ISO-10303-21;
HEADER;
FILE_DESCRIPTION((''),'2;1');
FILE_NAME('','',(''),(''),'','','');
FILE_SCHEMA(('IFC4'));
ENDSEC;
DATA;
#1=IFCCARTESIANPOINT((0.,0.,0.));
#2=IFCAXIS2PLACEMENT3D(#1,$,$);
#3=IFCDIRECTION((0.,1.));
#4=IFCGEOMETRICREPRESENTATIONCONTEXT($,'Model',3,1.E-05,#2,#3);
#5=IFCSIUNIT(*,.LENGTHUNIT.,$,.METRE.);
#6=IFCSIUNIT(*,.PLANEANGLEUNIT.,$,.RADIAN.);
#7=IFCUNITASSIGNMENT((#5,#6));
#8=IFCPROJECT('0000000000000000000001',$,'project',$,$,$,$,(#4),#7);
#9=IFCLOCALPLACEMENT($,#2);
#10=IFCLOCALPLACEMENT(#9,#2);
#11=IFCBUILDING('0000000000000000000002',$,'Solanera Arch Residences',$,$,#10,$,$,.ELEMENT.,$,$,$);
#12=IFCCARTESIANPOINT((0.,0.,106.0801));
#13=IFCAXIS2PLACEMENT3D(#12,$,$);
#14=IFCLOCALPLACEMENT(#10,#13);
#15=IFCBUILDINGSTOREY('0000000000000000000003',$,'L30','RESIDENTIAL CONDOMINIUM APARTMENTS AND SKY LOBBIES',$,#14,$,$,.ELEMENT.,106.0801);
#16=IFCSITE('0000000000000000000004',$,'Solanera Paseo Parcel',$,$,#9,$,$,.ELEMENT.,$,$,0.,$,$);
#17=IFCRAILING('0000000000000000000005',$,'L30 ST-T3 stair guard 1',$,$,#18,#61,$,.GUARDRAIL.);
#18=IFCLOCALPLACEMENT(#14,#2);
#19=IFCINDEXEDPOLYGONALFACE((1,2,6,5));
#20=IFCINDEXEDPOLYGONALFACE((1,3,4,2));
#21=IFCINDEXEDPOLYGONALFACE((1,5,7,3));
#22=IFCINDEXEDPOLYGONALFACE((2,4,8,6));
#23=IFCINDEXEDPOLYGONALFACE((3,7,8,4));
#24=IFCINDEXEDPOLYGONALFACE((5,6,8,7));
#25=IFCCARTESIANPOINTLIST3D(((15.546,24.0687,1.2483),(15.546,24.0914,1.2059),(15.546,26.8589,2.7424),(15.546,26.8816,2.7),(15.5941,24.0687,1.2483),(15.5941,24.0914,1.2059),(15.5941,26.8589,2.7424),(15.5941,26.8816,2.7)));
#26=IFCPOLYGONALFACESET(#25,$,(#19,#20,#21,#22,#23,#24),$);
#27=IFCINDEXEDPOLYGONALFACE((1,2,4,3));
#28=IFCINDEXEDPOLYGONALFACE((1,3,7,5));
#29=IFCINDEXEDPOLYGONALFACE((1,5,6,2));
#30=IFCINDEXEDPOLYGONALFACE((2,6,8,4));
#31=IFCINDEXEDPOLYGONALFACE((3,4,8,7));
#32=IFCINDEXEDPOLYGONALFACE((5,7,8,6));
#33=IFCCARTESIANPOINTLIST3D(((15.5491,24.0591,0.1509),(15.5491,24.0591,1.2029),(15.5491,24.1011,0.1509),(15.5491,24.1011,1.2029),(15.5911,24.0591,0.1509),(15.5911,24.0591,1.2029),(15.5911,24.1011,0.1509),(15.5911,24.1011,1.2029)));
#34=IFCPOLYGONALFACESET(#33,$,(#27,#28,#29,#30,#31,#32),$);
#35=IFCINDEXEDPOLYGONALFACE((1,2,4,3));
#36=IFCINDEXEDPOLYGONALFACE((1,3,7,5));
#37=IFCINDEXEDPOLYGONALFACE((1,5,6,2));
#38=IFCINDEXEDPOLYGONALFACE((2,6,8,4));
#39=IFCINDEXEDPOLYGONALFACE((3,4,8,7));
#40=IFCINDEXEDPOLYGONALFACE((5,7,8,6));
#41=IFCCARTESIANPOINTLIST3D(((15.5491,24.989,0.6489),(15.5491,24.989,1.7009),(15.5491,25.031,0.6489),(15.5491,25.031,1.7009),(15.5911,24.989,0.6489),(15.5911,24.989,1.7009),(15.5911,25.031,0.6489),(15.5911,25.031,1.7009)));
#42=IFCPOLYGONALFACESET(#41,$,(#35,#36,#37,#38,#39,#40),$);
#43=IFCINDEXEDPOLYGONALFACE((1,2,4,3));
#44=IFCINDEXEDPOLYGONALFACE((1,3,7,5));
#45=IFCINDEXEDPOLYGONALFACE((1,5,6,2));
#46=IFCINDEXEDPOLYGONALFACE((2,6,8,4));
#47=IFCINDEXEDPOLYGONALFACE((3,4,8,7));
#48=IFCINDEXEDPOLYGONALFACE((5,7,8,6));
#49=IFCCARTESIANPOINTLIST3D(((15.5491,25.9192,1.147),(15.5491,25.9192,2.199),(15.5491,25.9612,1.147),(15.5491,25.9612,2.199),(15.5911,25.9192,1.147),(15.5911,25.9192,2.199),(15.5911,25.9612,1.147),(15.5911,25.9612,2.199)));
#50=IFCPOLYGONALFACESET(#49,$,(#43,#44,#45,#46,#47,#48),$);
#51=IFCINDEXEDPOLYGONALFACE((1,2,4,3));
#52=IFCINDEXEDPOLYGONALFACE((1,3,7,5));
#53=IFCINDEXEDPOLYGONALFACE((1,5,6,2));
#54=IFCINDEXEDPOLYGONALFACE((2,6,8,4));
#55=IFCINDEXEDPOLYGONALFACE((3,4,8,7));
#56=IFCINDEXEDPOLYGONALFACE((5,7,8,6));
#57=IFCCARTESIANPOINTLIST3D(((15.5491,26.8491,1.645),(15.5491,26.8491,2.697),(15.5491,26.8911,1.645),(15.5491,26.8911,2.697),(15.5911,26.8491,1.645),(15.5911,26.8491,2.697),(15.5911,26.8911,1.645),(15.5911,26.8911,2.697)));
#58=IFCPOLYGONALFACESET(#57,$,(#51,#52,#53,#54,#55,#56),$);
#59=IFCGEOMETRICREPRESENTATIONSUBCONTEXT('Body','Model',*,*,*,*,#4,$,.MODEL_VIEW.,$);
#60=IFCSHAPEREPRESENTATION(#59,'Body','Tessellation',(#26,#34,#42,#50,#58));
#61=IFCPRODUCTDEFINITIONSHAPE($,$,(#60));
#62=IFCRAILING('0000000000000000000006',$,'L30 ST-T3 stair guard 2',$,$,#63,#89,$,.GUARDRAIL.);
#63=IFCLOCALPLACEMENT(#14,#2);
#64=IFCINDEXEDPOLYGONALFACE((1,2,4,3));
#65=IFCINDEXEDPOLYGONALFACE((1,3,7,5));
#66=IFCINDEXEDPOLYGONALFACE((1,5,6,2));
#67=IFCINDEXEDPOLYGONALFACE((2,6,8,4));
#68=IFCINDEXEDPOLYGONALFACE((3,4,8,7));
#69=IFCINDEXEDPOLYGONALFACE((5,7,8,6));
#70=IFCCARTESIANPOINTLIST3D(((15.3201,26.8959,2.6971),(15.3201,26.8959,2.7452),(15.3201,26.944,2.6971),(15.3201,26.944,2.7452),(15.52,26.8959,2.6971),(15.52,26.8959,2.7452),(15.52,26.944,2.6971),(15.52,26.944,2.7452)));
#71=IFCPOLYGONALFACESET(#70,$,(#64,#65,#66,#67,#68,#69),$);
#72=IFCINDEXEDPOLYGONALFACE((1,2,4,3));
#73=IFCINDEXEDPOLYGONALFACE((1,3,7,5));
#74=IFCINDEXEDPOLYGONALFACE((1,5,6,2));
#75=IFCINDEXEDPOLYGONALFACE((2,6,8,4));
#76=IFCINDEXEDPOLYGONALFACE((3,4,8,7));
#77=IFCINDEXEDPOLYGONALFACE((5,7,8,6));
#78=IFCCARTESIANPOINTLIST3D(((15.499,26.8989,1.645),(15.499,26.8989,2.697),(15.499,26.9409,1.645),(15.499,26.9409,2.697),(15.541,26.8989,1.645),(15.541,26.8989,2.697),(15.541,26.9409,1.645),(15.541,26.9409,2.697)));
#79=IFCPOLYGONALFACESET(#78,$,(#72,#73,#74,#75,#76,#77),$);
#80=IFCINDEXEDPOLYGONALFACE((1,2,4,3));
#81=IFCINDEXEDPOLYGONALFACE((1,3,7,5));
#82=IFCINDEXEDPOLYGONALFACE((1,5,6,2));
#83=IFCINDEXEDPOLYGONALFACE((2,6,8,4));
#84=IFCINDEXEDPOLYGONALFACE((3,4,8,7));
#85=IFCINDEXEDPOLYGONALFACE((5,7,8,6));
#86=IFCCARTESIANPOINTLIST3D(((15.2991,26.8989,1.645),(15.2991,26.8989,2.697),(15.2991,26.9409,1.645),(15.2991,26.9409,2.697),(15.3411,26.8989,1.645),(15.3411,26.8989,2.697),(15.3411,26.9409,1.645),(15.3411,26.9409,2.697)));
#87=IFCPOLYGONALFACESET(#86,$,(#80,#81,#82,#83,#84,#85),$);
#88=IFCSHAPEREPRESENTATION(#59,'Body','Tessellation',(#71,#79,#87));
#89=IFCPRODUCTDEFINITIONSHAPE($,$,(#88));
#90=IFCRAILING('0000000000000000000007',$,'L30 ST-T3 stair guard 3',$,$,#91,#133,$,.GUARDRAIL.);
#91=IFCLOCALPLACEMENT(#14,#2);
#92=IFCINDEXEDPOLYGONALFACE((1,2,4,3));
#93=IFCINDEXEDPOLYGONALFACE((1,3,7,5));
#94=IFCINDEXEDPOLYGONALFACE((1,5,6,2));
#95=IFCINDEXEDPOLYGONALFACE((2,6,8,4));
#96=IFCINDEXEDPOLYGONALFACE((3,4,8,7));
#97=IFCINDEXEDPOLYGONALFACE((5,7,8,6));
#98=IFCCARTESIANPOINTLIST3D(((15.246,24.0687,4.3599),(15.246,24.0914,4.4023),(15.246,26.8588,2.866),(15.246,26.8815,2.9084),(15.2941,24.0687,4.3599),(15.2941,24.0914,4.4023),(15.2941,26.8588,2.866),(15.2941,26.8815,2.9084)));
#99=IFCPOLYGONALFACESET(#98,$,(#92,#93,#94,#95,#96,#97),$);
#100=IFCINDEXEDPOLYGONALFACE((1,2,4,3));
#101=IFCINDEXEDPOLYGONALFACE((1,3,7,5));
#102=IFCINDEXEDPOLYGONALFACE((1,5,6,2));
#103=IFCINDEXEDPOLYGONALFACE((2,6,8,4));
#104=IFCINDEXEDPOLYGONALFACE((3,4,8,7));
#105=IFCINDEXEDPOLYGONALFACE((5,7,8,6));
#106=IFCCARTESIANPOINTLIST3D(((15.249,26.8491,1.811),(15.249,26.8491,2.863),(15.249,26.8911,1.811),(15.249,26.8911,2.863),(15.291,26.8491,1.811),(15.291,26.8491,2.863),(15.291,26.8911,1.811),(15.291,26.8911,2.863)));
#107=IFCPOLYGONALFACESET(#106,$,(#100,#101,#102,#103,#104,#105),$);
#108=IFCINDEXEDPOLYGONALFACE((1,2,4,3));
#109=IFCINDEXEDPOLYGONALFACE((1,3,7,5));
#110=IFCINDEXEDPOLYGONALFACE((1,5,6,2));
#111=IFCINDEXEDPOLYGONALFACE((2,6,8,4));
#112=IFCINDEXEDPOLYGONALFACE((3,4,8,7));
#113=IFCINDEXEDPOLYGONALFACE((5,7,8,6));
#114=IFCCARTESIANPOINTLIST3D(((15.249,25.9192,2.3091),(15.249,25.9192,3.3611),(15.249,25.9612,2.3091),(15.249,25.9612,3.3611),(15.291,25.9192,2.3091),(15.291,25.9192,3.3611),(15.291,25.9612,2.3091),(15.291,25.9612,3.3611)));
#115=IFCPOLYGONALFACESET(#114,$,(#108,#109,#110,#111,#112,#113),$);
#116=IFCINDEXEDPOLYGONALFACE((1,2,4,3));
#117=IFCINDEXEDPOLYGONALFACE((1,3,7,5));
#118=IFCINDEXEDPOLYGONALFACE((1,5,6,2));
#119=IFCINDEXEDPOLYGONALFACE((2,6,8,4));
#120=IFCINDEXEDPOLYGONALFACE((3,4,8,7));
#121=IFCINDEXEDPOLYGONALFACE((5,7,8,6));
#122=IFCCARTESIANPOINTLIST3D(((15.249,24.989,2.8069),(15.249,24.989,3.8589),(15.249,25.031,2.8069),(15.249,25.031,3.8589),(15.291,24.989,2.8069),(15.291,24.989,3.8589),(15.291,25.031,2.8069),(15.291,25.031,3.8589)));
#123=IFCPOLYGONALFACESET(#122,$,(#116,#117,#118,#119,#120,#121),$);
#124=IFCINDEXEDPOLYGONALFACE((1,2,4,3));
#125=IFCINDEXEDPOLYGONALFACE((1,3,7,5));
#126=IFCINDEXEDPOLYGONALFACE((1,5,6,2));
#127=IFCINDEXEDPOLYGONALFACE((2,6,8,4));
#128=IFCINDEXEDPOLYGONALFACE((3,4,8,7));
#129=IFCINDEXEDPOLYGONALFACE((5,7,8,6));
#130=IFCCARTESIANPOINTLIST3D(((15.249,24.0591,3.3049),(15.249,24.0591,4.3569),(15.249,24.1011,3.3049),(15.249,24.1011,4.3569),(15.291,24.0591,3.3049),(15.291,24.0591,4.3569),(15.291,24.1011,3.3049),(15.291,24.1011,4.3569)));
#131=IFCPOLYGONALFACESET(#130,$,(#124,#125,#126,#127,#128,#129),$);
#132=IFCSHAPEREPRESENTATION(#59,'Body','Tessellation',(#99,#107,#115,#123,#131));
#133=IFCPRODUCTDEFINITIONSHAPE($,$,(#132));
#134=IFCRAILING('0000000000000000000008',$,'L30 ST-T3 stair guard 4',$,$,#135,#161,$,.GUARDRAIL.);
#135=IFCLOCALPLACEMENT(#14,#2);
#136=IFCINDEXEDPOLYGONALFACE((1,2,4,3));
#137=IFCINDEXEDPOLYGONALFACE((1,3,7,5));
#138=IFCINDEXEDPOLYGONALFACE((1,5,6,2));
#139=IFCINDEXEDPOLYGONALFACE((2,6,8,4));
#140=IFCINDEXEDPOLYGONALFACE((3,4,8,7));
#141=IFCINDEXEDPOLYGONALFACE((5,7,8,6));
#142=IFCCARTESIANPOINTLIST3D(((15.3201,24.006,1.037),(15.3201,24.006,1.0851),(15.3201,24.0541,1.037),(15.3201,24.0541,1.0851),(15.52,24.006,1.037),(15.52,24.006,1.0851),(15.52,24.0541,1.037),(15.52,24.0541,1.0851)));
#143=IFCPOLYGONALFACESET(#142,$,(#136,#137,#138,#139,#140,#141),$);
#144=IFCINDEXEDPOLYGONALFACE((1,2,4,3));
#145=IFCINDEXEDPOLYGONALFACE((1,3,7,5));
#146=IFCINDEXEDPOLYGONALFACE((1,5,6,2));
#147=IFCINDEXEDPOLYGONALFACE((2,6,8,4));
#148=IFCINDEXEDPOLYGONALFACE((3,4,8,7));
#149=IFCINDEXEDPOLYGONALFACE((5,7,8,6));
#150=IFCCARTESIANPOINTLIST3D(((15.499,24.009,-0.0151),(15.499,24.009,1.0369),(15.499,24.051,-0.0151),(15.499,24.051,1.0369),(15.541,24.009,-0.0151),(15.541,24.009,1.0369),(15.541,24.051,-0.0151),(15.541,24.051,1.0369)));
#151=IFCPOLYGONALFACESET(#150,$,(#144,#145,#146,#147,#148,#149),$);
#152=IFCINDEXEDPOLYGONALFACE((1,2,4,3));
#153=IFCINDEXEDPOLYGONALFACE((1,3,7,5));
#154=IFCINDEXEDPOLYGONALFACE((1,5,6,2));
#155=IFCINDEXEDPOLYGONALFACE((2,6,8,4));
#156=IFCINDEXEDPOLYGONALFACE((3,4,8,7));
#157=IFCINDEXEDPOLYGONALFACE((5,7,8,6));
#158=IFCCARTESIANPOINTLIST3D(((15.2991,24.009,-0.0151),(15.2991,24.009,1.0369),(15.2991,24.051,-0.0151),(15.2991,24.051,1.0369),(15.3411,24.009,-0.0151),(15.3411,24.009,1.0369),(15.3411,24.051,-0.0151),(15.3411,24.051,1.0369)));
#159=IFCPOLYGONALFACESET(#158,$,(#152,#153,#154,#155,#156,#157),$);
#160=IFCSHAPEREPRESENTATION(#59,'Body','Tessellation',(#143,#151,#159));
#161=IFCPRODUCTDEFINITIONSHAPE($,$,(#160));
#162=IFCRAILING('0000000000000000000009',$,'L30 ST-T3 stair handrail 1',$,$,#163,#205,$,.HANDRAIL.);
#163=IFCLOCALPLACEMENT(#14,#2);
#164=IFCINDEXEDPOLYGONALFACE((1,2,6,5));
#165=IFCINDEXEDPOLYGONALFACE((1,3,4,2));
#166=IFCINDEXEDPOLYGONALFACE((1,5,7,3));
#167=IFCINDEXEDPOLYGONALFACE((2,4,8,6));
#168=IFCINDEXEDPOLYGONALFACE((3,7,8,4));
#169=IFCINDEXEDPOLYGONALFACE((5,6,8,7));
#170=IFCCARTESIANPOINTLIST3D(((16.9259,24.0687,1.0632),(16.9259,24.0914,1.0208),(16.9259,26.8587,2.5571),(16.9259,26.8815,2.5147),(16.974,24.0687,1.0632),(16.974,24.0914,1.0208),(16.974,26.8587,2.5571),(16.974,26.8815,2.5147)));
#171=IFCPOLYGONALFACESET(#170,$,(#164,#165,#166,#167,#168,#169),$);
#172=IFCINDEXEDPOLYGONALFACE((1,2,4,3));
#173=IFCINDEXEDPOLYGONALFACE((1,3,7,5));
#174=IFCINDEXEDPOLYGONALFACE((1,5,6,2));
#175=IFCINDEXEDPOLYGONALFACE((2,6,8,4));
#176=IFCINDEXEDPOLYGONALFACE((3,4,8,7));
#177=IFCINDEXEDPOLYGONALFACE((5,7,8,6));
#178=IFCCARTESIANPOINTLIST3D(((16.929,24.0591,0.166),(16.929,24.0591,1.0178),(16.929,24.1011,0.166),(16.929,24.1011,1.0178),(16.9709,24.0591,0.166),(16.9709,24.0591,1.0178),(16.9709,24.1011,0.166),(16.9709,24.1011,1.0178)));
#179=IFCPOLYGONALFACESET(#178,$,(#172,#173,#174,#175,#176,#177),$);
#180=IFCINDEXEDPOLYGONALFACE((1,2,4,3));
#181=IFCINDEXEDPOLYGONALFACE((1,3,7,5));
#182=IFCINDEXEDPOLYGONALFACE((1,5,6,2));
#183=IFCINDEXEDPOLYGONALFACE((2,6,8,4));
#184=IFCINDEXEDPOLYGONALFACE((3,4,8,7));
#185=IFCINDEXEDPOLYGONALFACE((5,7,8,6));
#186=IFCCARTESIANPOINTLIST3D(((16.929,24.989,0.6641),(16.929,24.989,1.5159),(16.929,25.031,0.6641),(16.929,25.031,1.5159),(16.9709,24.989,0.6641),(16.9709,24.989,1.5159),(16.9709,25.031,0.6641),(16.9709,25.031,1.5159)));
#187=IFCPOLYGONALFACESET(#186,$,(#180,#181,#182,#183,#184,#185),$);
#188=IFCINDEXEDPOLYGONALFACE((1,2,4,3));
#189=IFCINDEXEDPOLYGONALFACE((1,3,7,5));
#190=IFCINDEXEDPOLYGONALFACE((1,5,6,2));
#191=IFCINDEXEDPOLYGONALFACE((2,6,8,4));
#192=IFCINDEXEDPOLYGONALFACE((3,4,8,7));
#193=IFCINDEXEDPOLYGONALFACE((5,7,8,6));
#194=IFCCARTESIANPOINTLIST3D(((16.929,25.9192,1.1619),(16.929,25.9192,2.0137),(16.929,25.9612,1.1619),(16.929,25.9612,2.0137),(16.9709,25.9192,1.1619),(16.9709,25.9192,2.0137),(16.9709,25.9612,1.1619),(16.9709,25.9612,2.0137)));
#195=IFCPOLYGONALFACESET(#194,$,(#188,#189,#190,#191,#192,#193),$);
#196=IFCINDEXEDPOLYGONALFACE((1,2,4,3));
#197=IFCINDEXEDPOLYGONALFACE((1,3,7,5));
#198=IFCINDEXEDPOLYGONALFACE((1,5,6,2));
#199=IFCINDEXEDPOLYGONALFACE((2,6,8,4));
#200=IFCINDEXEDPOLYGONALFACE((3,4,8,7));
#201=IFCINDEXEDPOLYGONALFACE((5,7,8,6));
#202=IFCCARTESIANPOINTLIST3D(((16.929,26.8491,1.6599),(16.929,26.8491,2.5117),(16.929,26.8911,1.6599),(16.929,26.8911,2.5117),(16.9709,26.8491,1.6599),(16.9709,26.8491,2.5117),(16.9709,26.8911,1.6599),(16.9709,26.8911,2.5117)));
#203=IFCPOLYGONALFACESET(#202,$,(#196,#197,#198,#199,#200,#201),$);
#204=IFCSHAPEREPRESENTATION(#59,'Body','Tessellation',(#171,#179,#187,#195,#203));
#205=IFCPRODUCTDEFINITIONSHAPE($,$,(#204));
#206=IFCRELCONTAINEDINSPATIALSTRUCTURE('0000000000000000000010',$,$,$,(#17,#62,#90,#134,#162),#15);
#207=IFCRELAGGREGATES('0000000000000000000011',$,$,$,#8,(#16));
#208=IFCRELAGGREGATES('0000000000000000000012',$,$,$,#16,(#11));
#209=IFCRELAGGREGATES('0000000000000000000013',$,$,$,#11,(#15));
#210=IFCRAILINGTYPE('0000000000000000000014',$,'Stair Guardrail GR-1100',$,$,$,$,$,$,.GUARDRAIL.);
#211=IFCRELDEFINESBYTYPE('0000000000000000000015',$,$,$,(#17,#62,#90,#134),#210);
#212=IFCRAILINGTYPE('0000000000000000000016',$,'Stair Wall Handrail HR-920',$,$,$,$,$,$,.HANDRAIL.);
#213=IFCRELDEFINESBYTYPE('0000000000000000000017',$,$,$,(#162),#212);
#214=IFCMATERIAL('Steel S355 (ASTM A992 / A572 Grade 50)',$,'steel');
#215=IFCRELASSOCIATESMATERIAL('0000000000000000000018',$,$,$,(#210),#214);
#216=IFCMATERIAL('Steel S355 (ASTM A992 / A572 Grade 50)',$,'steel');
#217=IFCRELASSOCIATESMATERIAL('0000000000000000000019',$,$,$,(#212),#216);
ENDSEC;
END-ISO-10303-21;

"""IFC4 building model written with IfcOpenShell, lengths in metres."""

from ifc_helpers import new_model, si_unit, direction, frame, origin, origin_2d, place, context, subcontext, project, spatial, rectangle, extrude, material, type_object, element, save


model = new_model("IFC4")

# Units and contexts
model_context = context("Model", 3, precision=1e-05, world=origin(), true_north=direction((0.0, 1.0)))
body_context = subcontext(model_context, "Body", "Model", "MODEL_VIEW")
ifc_project = project(units=[si_unit("LENGTHUNIT", "METRE"), si_unit("PLANEANGLEUNIT", "RADIAN")], contexts=[model_context])

# Site, building, storey
site_placement = place(None, origin())
site = spatial("IfcSite", under=ifc_project, at=site_placement, Name="Solanera Paseo Parcel", CompositionType="ELEMENT", RefElevation=0.0)
building_placement = place(site_placement, origin())
building = spatial("IfcBuilding", under=site, at=building_placement, Name="Solanera Arch Residences", CompositionType="ELEMENT")
storey_placement = place(building_placement, frame((0.0, 0.0, 106.0801)))
storey = spatial("IfcBuildingStorey", under=building, at=storey_placement, Name="L30", Description="RESIDENTIAL CONDOMINIUM APARTMENTS AND SKY LOBBIES", CompositionType="ELEMENT", Elevation=106.0801)

# Railings
ifc_material_1 = material(Name="Steel S355 (ASTM A992 / A572 Grade 50)", Category="steel")
railing_type_1 = type_object("IfcRailingType", Name="Stair Guardrail GR-1100", PredefinedType="GUARDRAIL", material=ifc_material_1)
railing_1_placement = place(storey_placement, frame((15.5701, 24.0801, 0.1509)))
element("IfcRailing", 1, at=railing_1_placement, inside=storey, type_object=railing_type_1, Name="L30 ST-T3 stair guard 1", PredefinedType="GUARDRAIL", context=body_context, shape_type="SweptSolid", body=[
    extrude(rectangle(XDim=0.0481, YDim=0.0481, at=origin_2d()), frame((0.0, 0.0, 1.0762), z_axis=(0.0, 0.881549, 0.472093), x_axis=(-1.0, 0.0, 0.0)), (0.0, 0.0, 1.0), 3.165),
    extrude(rectangle(XDim=0.042, YDim=0.042, at=origin_2d()), origin(), (0.0, 0.0, 1.0), 1.052),
    extrude(rectangle(XDim=0.042, YDim=0.042, at=origin_2d()), frame((0.0, 0.9299, 0.498)), (0.0, 0.0, 1.0), 1.052),
    extrude(rectangle(XDim=0.042, YDim=0.042, at=origin_2d()), frame((0.0, 1.8601, 0.9961)), (0.0, 0.0, 1.0), 1.052),
    extrude(rectangle(XDim=0.042, YDim=0.042, at=origin_2d()), frame((0.0, 2.79, 1.4941)), (0.0, 0.0, 1.0), 1.052),
])
railing_2_placement = place(storey_placement, frame((15.52, 26.9199, 1.645)))
element("IfcRailing", 2, at=railing_2_placement, inside=storey, type_object=railing_type_1, Name="L30 ST-T3 stair guard 2", PredefinedType="GUARDRAIL", context=body_context, shape_type="SweptSolid", body=[
    extrude(rectangle(XDim=0.0481, YDim=0.0481, at=origin_2d()), frame((0.0, 0.0, 1.0762), z_axis=(-1.0, 0.0, 0.0), x_axis=(0.0, -1.0, 0.0)), (0.0, 0.0, 1.0), 0.2),
    extrude(rectangle(XDim=0.042, YDim=0.042, at=origin_2d()), origin(), (0.0, 0.0, 1.0), 1.052),
    extrude(rectangle(XDim=0.042, YDim=0.042, at=origin_2d()), frame((-0.2, 0.0, 0.0)), (0.0, 0.0, 1.0), 1.052),
])
railing_3_placement = place(storey_placement, frame((15.27, 26.8701, 1.811)))
element("IfcRailing", 3, at=railing_3_placement, inside=storey, type_object=railing_type_1, Name="L30 ST-T3 stair guard 3", PredefinedType="GUARDRAIL", context=body_context, shape_type="SweptSolid", body=[
    extrude(rectangle(XDim=0.0481, YDim=0.0481, at=origin_2d()), frame((0.0, 0.0, 1.0762), z_axis=(0.0, -0.881581, 0.472033), x_axis=(1.0, 0.0, 0.0)), (0.0, 0.0, 1.0), 3.1648),
    extrude(rectangle(XDim=0.042, YDim=0.042, at=origin_2d()), origin(), (0.0, 0.0, 1.0), 1.052),
    extrude(rectangle(XDim=0.042, YDim=0.042, at=origin_2d()), frame((0.0, -0.9299, 0.498)), (0.0, 0.0, 1.0), 1.052),
    extrude(rectangle(XDim=0.042, YDim=0.042, at=origin_2d()), frame((0.0, -1.8601, 0.9958)), (0.0, 0.0, 1.0), 1.052),
    extrude(rectangle(XDim=0.042, YDim=0.042, at=origin_2d()), frame((0.0, -2.79, 1.4939)), (0.0, 0.0, 1.0), 1.052),
])
railing_4_placement = place(storey_placement, frame((15.52, 24.03, -0.0151)))
element("IfcRailing", 4, at=railing_4_placement, inside=storey, type_object=railing_type_1, Name="L30 ST-T3 stair guard 4", PredefinedType="GUARDRAIL", context=body_context, shape_type="SweptSolid", body=[
    extrude(rectangle(XDim=0.0481, YDim=0.0481, at=origin_2d()), frame((0.0, 0.0, 1.0762), z_axis=(-1.0, 0.0, 0.0), x_axis=(0.0, -1.0, 0.0)), (0.0, 0.0, 1.0), 0.2),
    extrude(rectangle(XDim=0.042, YDim=0.042, at=origin_2d()), origin(), (0.0, 0.0, 1.0), 1.052),
    extrude(rectangle(XDim=0.042, YDim=0.042, at=origin_2d()), frame((-0.2, 0.0, 0.0)), (0.0, 0.0, 1.0), 1.052),
])
ifc_material_2 = material(Name="Steel S355 (ASTM A992 / A572 Grade 50)", Category="steel")
railing_type_2 = type_object("IfcRailingType", Name="Stair Wall Handrail HR-920", PredefinedType="HANDRAIL", material=ifc_material_2)
railing_5_placement = place(storey_placement, frame((16.95, 24.0801, 0.166)))
element("IfcRailing", 5, at=railing_5_placement, inside=storey, type_object=railing_type_2, Name="L30 ST-T3 stair handrail 1", PredefinedType="HANDRAIL", context=body_context, shape_type="SweptSolid", body=[
    extrude(rectangle(XDim=0.0481, YDim=0.0481, at=origin_2d()), frame((0.0, 0.0, 0.876), z_axis=(0.0, 0.881581, 0.472033), x_axis=(-1.0, 0.0, 0.0)), (0.0, 0.0, 1.0), 3.1648),
    extrude(rectangle(XDim=0.042, YDim=0.042, at=origin_2d()), origin(), (0.0, 0.0, 1.0), 0.8518),
    extrude(rectangle(XDim=0.042, YDim=0.042, at=origin_2d()), frame((0.0, 0.9299, 0.498)), (0.0, 0.0, 1.0), 0.8518),
    extrude(rectangle(XDim=0.042, YDim=0.042, at=origin_2d()), frame((0.0, 1.8601, 0.9958)), (0.0, 0.0, 1.0), 0.8518),
    extrude(rectangle(XDim=0.042, YDim=0.042, at=origin_2d()), frame((0.0, 2.79, 1.4939)), (0.0, 0.0, 1.0), 0.8518),
])

save(model, "model.ifc")
